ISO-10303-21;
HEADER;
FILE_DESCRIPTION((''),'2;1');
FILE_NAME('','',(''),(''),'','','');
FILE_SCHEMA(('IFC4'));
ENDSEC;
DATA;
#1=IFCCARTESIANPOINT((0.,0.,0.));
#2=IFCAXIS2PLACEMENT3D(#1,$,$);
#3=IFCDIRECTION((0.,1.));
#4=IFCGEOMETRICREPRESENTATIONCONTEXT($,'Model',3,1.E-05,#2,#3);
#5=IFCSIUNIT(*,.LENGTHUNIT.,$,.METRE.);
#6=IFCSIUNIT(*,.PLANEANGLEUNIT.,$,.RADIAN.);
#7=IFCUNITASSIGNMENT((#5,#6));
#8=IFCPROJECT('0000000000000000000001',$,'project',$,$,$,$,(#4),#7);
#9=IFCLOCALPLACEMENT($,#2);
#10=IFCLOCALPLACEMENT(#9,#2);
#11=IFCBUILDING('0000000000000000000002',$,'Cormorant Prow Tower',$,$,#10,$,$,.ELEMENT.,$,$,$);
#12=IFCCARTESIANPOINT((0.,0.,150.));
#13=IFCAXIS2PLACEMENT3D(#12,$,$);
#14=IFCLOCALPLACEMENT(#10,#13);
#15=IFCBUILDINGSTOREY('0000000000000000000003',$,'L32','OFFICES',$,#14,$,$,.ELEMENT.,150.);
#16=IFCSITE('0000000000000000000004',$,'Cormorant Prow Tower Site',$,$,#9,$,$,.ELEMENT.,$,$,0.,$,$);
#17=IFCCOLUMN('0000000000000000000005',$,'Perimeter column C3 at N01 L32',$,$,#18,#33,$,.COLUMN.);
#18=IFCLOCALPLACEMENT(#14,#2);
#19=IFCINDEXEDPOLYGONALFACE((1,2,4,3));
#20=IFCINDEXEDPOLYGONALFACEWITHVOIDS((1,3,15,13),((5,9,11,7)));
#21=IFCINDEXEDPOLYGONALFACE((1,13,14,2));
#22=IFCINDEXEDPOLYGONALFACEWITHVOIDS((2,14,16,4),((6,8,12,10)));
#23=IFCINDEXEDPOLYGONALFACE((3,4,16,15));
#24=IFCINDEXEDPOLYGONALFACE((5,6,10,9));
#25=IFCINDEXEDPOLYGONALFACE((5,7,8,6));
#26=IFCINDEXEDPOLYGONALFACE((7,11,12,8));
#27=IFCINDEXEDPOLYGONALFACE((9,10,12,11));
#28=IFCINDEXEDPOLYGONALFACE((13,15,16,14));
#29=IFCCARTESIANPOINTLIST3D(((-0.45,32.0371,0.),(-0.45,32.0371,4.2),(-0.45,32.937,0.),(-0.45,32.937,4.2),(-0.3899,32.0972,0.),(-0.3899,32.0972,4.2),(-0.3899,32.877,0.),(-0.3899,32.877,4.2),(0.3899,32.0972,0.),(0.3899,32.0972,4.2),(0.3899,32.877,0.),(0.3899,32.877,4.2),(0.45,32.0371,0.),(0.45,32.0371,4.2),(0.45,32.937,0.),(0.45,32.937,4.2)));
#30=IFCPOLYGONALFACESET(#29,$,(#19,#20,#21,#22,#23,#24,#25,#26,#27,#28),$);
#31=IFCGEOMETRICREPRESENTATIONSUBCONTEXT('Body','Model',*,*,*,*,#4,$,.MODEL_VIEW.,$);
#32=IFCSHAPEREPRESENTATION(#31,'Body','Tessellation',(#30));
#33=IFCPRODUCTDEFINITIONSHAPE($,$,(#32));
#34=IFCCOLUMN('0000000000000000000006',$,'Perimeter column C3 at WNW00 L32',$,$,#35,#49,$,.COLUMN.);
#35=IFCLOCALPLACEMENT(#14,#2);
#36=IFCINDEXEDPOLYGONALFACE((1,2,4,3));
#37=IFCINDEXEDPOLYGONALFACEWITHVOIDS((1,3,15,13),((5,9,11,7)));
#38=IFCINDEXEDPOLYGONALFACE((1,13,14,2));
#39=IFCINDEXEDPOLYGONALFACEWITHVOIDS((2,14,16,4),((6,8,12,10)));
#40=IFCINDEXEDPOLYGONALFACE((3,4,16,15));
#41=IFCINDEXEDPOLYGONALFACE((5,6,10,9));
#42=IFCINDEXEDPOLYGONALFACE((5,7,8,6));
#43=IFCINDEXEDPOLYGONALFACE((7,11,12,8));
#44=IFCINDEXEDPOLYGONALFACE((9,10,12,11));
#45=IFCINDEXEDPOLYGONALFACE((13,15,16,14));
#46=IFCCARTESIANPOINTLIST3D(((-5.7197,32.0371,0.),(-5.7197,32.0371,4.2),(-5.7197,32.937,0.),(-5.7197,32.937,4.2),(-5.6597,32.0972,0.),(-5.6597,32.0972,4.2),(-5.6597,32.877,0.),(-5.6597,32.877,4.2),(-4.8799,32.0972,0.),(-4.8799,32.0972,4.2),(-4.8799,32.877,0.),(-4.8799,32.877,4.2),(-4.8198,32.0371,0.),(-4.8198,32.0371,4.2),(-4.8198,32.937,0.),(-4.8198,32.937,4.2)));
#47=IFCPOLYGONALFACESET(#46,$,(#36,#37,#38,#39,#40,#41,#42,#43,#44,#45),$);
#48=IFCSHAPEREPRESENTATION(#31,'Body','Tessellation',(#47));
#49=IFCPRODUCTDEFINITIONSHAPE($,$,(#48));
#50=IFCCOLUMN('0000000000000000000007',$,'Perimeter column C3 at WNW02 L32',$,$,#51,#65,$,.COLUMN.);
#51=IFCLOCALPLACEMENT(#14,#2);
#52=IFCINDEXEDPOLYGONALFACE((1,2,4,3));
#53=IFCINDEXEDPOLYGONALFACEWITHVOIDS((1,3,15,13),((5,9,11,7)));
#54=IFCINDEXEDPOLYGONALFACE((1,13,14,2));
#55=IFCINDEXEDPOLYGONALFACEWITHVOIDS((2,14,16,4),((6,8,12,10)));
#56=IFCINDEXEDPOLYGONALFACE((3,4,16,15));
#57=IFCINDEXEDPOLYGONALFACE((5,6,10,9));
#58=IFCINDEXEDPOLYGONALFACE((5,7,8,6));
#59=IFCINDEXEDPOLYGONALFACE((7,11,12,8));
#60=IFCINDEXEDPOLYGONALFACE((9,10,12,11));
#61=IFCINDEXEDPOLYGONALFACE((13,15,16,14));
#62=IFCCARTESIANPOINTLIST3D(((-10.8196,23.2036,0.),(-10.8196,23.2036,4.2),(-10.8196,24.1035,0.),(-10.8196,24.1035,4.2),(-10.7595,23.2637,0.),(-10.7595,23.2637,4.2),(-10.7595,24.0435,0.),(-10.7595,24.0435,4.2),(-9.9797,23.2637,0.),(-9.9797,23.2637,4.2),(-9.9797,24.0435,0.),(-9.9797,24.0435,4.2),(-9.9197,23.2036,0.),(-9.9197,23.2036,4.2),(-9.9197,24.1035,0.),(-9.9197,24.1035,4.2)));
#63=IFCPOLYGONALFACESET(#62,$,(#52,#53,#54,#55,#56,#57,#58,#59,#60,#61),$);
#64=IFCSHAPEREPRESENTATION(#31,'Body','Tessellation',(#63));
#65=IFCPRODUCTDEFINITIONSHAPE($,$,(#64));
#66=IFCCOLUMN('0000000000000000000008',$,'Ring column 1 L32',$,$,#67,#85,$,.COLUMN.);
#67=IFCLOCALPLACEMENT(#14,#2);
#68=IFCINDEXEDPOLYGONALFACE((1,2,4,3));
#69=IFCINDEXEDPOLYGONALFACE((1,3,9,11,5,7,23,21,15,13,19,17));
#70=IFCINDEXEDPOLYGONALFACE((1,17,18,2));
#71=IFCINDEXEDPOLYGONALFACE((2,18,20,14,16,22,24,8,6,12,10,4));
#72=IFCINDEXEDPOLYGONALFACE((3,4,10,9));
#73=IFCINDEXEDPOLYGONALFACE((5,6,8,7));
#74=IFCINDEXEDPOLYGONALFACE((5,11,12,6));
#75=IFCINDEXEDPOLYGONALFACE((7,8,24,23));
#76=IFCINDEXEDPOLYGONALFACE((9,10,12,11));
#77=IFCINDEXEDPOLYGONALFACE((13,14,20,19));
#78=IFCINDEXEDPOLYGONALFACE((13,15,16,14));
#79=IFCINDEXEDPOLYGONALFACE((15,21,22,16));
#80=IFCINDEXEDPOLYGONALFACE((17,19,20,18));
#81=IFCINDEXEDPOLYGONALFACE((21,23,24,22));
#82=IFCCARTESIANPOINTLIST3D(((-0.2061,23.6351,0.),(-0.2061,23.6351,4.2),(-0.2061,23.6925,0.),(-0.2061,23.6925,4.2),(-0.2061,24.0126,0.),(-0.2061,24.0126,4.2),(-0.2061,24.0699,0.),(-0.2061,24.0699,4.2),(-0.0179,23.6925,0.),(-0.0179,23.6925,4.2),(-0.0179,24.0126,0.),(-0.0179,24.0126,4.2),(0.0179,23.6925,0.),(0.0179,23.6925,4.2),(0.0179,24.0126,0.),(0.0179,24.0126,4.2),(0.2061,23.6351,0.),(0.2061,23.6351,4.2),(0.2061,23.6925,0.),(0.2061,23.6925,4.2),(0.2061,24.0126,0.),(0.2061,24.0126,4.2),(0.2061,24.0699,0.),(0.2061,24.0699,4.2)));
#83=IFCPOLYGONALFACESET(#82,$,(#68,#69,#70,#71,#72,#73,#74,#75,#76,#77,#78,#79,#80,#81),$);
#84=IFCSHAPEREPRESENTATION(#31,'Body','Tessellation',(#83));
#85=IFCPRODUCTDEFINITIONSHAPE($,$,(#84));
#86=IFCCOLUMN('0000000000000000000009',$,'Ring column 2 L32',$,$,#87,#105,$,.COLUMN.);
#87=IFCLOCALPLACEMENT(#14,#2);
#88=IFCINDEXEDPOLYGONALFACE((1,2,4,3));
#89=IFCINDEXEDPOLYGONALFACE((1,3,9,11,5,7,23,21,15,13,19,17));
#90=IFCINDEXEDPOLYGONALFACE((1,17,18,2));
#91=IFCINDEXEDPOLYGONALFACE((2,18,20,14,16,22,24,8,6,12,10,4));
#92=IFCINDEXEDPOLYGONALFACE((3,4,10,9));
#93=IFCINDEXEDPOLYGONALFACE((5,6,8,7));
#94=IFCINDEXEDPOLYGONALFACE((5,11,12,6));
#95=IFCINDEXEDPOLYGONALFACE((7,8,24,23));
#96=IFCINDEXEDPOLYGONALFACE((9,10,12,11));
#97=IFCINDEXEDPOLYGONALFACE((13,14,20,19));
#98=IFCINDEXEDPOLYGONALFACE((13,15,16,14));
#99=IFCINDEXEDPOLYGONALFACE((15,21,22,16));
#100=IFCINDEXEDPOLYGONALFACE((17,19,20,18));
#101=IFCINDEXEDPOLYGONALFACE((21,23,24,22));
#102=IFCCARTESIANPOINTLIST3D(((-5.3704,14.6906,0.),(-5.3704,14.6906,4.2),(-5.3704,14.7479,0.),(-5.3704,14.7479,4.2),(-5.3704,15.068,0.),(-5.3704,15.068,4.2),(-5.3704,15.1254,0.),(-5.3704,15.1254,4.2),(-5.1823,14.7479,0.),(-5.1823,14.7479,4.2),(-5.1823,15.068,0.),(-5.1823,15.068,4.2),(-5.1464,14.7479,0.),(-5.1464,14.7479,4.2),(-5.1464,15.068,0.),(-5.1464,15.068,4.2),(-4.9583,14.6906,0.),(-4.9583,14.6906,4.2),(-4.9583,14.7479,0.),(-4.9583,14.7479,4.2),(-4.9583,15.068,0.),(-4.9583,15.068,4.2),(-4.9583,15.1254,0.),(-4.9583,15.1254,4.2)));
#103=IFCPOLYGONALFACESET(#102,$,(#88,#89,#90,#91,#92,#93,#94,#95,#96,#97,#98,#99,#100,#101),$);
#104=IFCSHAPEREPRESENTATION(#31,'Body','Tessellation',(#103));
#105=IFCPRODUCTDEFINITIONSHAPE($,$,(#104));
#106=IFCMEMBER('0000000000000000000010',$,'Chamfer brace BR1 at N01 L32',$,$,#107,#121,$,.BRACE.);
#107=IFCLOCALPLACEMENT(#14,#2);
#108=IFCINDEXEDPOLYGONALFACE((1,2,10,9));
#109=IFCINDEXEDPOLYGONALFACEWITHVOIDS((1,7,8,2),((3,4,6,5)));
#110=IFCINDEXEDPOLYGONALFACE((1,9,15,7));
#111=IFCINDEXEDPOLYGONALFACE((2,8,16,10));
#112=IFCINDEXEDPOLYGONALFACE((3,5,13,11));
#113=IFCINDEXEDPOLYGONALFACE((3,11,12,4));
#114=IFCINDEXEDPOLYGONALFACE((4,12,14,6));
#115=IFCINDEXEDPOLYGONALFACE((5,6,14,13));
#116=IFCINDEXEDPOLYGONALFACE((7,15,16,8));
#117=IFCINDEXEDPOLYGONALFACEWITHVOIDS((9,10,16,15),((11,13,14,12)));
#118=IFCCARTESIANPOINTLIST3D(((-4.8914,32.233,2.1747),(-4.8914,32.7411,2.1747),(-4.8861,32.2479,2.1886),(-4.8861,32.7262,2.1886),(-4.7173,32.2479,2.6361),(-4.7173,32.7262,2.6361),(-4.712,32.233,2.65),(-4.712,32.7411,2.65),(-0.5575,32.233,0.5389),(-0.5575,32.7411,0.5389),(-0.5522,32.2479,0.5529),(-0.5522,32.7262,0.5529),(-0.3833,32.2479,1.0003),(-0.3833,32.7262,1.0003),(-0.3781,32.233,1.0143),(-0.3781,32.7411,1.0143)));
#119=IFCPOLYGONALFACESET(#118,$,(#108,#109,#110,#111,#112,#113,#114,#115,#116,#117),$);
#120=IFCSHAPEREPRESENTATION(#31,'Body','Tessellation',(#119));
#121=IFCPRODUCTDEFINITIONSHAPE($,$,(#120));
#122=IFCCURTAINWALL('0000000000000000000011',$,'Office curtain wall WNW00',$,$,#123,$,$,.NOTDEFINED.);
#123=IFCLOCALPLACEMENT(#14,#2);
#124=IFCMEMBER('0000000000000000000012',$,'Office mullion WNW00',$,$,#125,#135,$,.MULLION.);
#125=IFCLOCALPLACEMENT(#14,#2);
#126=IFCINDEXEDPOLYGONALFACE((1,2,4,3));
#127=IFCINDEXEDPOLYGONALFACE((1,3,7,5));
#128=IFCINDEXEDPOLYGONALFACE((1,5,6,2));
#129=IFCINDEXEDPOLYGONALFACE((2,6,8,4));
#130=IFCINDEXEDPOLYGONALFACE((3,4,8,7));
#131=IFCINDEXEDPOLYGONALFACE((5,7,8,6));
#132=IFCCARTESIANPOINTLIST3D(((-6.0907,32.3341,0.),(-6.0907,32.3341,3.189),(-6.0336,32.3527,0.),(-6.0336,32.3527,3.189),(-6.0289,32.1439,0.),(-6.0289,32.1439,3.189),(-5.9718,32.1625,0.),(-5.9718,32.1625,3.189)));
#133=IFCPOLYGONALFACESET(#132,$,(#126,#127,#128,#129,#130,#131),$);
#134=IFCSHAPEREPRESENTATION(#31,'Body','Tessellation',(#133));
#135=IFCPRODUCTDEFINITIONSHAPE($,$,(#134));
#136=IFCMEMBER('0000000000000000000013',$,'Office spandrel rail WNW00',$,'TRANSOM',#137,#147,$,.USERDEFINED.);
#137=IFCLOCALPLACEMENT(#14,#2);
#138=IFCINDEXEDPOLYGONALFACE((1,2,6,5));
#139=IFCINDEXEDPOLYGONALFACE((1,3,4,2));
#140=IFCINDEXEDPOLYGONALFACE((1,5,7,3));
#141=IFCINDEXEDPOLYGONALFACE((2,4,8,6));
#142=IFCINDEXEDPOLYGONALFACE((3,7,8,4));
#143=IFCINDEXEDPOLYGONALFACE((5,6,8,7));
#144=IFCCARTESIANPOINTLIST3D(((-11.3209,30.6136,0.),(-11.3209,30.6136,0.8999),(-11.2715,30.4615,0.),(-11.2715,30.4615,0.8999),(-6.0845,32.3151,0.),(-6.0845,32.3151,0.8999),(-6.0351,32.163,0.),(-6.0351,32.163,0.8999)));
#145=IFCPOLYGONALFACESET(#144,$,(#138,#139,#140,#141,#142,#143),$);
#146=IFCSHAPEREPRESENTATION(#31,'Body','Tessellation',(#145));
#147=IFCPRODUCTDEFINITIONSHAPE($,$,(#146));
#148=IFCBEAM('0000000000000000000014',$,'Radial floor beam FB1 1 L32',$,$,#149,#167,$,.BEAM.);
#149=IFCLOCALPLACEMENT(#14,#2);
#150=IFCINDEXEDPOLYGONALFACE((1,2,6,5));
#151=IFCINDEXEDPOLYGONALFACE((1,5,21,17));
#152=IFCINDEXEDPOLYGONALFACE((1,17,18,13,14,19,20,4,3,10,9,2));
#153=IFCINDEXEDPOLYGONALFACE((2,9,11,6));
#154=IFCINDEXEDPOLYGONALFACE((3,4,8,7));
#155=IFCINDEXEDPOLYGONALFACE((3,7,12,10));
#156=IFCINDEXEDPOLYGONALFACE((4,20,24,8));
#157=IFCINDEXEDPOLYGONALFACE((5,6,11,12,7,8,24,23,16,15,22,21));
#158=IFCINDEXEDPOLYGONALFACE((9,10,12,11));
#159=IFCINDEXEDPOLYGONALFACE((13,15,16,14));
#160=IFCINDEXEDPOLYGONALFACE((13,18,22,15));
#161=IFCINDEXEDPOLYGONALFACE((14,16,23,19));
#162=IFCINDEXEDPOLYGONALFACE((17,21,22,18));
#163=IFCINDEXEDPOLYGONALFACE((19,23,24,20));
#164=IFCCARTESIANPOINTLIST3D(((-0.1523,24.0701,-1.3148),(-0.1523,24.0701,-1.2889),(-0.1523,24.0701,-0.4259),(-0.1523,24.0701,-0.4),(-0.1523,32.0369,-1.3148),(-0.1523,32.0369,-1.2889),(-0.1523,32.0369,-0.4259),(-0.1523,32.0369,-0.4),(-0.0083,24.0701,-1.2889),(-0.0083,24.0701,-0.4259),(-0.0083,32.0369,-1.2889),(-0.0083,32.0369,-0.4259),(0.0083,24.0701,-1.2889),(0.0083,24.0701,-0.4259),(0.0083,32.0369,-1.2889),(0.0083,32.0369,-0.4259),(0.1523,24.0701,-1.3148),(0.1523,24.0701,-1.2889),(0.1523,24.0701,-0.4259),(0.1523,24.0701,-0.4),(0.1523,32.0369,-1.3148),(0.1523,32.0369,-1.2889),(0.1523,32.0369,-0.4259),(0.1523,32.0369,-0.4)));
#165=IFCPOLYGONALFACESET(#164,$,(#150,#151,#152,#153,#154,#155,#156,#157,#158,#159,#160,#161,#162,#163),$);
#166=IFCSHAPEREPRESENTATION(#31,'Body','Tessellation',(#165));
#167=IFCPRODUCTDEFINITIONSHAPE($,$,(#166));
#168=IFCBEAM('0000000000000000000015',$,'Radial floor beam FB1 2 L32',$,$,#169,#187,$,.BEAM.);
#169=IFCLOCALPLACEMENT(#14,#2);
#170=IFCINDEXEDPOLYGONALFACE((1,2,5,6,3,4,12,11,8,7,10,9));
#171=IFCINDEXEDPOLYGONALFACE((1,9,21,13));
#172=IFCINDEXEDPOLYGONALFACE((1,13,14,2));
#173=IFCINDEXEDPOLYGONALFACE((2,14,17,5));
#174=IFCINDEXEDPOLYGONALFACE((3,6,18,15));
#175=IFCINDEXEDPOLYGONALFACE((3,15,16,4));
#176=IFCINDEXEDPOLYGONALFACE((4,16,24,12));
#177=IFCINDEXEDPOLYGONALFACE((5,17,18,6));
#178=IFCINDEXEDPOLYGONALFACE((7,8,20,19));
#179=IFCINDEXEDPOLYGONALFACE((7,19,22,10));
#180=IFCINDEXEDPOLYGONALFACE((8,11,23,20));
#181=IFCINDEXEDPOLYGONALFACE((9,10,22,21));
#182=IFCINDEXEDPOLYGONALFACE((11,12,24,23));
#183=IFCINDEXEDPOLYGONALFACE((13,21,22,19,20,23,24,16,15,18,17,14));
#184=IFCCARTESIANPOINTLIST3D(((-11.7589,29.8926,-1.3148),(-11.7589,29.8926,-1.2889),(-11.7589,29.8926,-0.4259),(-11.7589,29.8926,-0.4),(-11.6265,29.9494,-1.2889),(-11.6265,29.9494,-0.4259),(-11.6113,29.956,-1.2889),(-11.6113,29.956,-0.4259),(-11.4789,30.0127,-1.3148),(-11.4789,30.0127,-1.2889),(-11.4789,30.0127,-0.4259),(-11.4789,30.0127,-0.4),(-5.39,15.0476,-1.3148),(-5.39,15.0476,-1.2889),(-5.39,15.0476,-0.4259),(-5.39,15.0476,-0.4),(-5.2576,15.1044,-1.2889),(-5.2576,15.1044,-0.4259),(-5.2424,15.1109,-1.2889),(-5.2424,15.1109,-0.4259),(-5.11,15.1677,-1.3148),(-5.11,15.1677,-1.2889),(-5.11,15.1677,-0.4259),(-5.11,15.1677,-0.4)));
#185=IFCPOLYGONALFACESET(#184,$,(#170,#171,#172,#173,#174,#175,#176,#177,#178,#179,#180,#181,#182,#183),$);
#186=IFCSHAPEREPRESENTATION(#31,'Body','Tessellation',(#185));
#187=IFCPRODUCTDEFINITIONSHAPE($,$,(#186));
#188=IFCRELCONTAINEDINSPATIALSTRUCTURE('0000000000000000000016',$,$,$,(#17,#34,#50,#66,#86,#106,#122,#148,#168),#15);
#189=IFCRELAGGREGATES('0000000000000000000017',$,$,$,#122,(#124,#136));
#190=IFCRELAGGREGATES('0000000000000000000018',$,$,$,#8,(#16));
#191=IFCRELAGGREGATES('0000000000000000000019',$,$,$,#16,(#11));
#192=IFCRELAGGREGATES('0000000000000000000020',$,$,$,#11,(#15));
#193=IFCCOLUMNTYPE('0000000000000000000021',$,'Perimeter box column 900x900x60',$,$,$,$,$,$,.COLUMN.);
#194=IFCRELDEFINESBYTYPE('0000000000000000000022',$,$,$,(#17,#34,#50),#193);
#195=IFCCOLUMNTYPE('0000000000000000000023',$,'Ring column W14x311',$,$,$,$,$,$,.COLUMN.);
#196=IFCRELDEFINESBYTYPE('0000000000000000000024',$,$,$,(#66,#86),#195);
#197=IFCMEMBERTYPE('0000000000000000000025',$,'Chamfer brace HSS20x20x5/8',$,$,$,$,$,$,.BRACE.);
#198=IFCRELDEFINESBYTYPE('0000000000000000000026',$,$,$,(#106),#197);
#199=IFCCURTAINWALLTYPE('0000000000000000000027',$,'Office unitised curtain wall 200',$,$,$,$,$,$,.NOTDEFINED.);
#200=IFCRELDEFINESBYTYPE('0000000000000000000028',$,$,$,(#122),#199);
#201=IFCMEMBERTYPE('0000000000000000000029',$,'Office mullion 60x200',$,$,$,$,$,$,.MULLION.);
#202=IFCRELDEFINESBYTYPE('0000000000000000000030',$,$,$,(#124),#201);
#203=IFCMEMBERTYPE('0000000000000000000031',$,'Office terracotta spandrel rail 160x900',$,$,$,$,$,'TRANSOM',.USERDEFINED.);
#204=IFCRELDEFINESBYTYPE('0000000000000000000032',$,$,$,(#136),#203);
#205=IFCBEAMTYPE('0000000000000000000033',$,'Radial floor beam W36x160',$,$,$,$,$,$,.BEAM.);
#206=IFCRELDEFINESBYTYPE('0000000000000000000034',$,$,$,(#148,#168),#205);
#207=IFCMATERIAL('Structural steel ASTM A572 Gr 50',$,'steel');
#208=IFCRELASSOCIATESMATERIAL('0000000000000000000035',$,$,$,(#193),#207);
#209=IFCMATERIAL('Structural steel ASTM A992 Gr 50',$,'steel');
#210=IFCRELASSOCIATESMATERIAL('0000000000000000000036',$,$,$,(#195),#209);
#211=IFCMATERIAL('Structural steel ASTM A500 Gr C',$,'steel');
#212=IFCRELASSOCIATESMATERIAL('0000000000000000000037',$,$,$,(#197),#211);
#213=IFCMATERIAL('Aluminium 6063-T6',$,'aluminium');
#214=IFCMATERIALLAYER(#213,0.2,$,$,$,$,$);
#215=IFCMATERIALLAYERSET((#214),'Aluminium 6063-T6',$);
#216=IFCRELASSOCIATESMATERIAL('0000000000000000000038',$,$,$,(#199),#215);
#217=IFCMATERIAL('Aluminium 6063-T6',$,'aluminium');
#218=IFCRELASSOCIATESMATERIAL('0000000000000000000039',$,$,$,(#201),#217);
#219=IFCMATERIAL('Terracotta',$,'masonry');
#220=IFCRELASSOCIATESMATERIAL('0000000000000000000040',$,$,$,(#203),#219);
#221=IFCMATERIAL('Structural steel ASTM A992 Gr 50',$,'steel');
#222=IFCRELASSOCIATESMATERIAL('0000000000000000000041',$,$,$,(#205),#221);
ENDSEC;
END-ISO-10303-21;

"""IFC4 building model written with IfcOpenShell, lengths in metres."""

from ifc_helpers import new_model, si_unit, direction, frame, origin, origin_2d, place, context, subcontext, project, spatial, rectangle, hollow_rectangle, i_section, extrude, material, layer, layer_set, material_profile, profile_set, type_object, element, aggregate, save


model = new_model("IFC4")

# Units and contexts
model_context = context("Model", 3, precision=1e-05, world=origin(), true_north=direction((0.0, 1.0)))
body_context = subcontext(model_context, "Body", "Model", "MODEL_VIEW")
ifc_project = project(units=[si_unit("LENGTHUNIT", "METRE"), si_unit("PLANEANGLEUNIT", "RADIAN")], contexts=[model_context])

# Site, building, storey
site_placement = place(None, origin())
site = spatial("IfcSite", under=ifc_project, at=site_placement, Name="Cormorant Prow Tower Site", CompositionType="ELEMENT", RefElevation=0.0)
building_placement = place(site_placement, origin())
building = spatial("IfcBuilding", under=site, at=building_placement, Name="Cormorant Prow Tower", CompositionType="ELEMENT")
storey_placement = place(building_placement, frame((0.0, 0.0, 150.0)))
storey = spatial("IfcBuildingStorey", under=building, at=storey_placement, Name="L32", Description="OFFICES", CompositionType="ELEMENT", Elevation=150.0)

# Columns
ifc_material_1 = material(Name="Structural steel ASTM A572 Gr 50", Category="steel")
ifc_material_profile_1 = material_profile(ifc_material_1, hollow_rectangle(XDim=0.8999, YDim=0.8999, WallThickness=0.0601, at=origin_2d()), Name="Box 900x900x60")
ifc_profile_set_1 = profile_set([ifc_material_profile_1], Name="Structural steel ASTM A572 Gr 50")
column_type_1 = type_object("IfcColumnType", Name="Perimeter box column 900x900x60", PredefinedType="COLUMN", material=ifc_profile_set_1)
for number, where, z_axis, x_axis, name in (
    (1, (0.0, 32.4871, 0.0), (0.0, 0.0, 1.0), (1.0, 0.0, 0.0), "Perimeter column C3 at N01 L32"),
    (2, (-5.2698, 32.4871, 0.0), (0.0, 0.0, 1.0), (1.0, 0.0, 0.0), "Perimeter column C3 at WNW00 L32"),
    (3, (-10.3696, 23.6536, 0.0), (0.0, 0.0, 1.0), (1.0, 0.0, 0.0), "Perimeter column C3 at WNW02 L32"),
):
    element("IfcColumn", number, at=place(storey_placement, frame(where, z_axis=z_axis, x_axis=x_axis)), inside=storey, type_object=column_type_1, Name=name, PredefinedType="COLUMN", context=body_context, shape_type="SweptSolid", body=[
        extrude(hollow_rectangle(XDim=0.8999, YDim=0.8999, WallThickness=0.0601, at=origin_2d()), origin(), (0.0, 0.0, 1.0), 4.2),
    ])
ifc_material_2 = material(Name="Structural steel ASTM A992 Gr 50", Category="steel")
ifc_material_profile_2 = material_profile(ifc_material_2, i_section(OverallWidth=0.4121, OverallDepth=0.4348, WebThickness=0.0359, FlangeThickness=0.0574, at=origin_2d()), Name="W14x311")
ifc_profile_set_2 = profile_set([ifc_material_profile_2], Name="Structural steel ASTM A992 Gr 50")
column_type_2 = type_object("IfcColumnType", Name="Ring column W14x311", PredefinedType="COLUMN", material=ifc_profile_set_2)
for number, where, z_axis, x_axis, name in (
    (4, (0.0, 23.8525, 0.0), (0.0, 0.0, 1.0), (1.0, 0.0, 0.0), "Ring column 1 L32"),
    (5, (-5.1643, 14.908, 0.0), (0.0, 0.0, 1.0), (1.0, 0.0, 0.0), "Ring column 2 L32"),
):
    element("IfcColumn", number, at=place(storey_placement, frame(where, z_axis=z_axis, x_axis=x_axis)), inside=storey, type_object=column_type_2, Name=name, PredefinedType="COLUMN", context=body_context, shape_type="SweptSolid", body=[
        extrude(i_section(OverallWidth=0.4121, OverallDepth=0.4348, WebThickness=0.0359, FlangeThickness=0.0574, at=origin_2d()), origin(), (0.0, 0.0, 1.0), 4.2),
    ])

# Member
ifc_material_3 = material(Name="Structural steel ASTM A500 Gr C", Category="steel")
ifc_material_profile_3 = material_profile(ifc_material_3, hollow_rectangle(XDim=0.5081, YDim=0.5081, WallThickness=0.0149, at=origin_2d()), Name="HSS20x20x5/8")
ifc_profile_set_3 = profile_set([ifc_material_profile_3], Name="Structural steel ASTM A500 Gr C")
member_type_1 = type_object("IfcMemberType", Name="Chamfer brace HSS20x20x5/8", PredefinedType="BRACE", material=ifc_profile_set_3)
member_1_placement = place(storey_placement, frame((-0.4678, 32.4871, 0.7766), z_axis=(-0.935582, 0.0, 0.353109), x_axis=(0.0, -1.0, 0.0)))
element("IfcMember", 6, at=member_1_placement, inside=storey, type_object=member_type_1, Name="Chamfer brace BR1 at N01 L32", PredefinedType="BRACE", context=body_context, shape_type="SweptSolid", body=[
    extrude(hollow_rectangle(XDim=0.5081, YDim=0.5081, WallThickness=0.0149, at=origin_2d()), origin(), (0.0, 0.0, 1.0), 4.6323),
])

# Curtain wall, members
ifc_material_4 = material(Name="Aluminium 6063-T6", Category="aluminium")
ifc_layer_1 = layer(ifc_material_4, 0.2)
ifc_layer_set_1 = layer_set([ifc_layer_1], Name="Aluminium 6063-T6")
curtain_wall_type = type_object("IfcCurtainWallType", Name="Office unitised curtain wall 200", PredefinedType="NOTDEFINED", material=ifc_layer_set_1)
curtain_wall_placement = place(storey_placement, origin())
curtain_wall = element("IfcCurtainWall", 7, at=curtain_wall_placement, inside=storey, type_object=curtain_wall_type, Name="Office curtain wall WNW00", PredefinedType="NOTDEFINED")
ifc_material_5 = material(Name="Aluminium 6063-T6", Category="aluminium")
ifc_material_profile_4 = material_profile(ifc_material_5, rectangle(XDim=0.2, YDim=0.0601, at=origin_2d()), Name="Office mullion 60x200")
ifc_profile_set_4 = profile_set([ifc_material_profile_4], Name="Aluminium 6063-T6")
member_type_2 = type_object("IfcMemberType", Name="Office mullion 60x200", PredefinedType="MULLION", material=ifc_profile_set_4)
member_2_placement = place(storey_placement, frame((-6.0312, 32.2483, 0.0), z_axis=(0.0, 0.0, 1.0), x_axis=(0.309017, -0.951057, 0.0)))
member_2 = element("IfcMember", 8, at=member_2_placement, type_object=member_type_2, Name="Office mullion WNW00", PredefinedType="MULLION", context=body_context, shape_type="SweptSolid", body=[
    extrude(rectangle(XDim=0.2, YDim=0.0601, at=origin_2d()), origin(), (0.0, 0.0, 1.0), 3.189),
])
ifc_material_6 = material(Name="Terracotta", Category="masonry")
ifc_material_profile_5 = material_profile(ifc_material_6, rectangle(XDim=0.1599, YDim=0.8999, at=origin_2d()), Name="Office terracotta spandrel rail 160x900")
ifc_profile_set_5 = profile_set([ifc_material_profile_5], Name="Terracotta")
member_type_3 = type_object("IfcMemberType", Name="Office terracotta spandrel rail 160x900", ElementType="TRANSOM", PredefinedType="USERDEFINED", material=ifc_profile_set_5)
member_3_placement = place(storey_placement, frame((-6.0598, 32.239, 0.45), z_axis=(-0.951055, -0.309022, 0.0), x_axis=(0.309022, -0.951055, 0.0)))
member_3 = element("IfcMember", 9, at=member_3_placement, type_object=member_type_3, Name="Office spandrel rail WNW00", ObjectType="TRANSOM", PredefinedType="USERDEFINED", context=body_context, shape_type="SweptSolid", body=[
    extrude(rectangle(XDim=0.1599, YDim=0.8999, at=origin_2d()), origin(), (0.0, 0.0, 1.0), 5.5059),
])

# Beams
ifc_material_7 = material(Name="Structural steel ASTM A992 Gr 50", Category="steel")
ifc_material_profile_6 = material_profile(ifc_material_7, i_section(OverallWidth=0.3047, OverallDepth=0.9148, WebThickness=0.0166, FlangeThickness=0.0259, at=origin_2d()), Name="W36x160")
ifc_profile_set_6 = profile_set([ifc_material_profile_6], Name="Structural steel ASTM A992 Gr 50")
beam_type_1 = type_object("IfcBeamType", Name="Radial floor beam W36x160", PredefinedType="BEAM", material=ifc_profile_set_6)
beam_1_placement = place(storey_placement, frame((0.0, 24.0701, -0.8574), z_axis=(0.0, 1.0, 0.0), x_axis=(-1.0, 0.0, 0.0)))
element("IfcBeam", 10, at=beam_1_placement, inside=storey, type_object=beam_type_1, Name="Radial floor beam FB1 1 L32", PredefinedType="BEAM", context=body_context, shape_type="SweptSolid", body=[
    extrude(i_section(OverallWidth=0.3047, OverallDepth=0.9148, WebThickness=0.0166, FlangeThickness=0.0259, at=origin_2d()), origin(), (0.0, 0.0, 1.0), 7.9668),
])
beam_2_placement = place(storey_placement, frame((-5.25, 15.1077, -0.8574), z_axis=(-0.394273, 0.918993, 0.0), x_axis=(-0.918993, -0.394273, 0.0)))
element("IfcBeam", 11, at=beam_2_placement, inside=storey, type_object=beam_type_1, Name="Radial floor beam FB1 2 L32", PredefinedType="BEAM", context=body_context, shape_type="SweptSolid", body=[
    extrude(i_section(OverallWidth=0.3047, OverallDepth=0.9148, WebThickness=0.0166, FlangeThickness=0.0259, at=origin_2d()), origin(), (0.0, 0.0, 1.0), 16.1536),
])

aggregate(curtain_wall, [member_2, member_3])

save(model, "model.ifc")
